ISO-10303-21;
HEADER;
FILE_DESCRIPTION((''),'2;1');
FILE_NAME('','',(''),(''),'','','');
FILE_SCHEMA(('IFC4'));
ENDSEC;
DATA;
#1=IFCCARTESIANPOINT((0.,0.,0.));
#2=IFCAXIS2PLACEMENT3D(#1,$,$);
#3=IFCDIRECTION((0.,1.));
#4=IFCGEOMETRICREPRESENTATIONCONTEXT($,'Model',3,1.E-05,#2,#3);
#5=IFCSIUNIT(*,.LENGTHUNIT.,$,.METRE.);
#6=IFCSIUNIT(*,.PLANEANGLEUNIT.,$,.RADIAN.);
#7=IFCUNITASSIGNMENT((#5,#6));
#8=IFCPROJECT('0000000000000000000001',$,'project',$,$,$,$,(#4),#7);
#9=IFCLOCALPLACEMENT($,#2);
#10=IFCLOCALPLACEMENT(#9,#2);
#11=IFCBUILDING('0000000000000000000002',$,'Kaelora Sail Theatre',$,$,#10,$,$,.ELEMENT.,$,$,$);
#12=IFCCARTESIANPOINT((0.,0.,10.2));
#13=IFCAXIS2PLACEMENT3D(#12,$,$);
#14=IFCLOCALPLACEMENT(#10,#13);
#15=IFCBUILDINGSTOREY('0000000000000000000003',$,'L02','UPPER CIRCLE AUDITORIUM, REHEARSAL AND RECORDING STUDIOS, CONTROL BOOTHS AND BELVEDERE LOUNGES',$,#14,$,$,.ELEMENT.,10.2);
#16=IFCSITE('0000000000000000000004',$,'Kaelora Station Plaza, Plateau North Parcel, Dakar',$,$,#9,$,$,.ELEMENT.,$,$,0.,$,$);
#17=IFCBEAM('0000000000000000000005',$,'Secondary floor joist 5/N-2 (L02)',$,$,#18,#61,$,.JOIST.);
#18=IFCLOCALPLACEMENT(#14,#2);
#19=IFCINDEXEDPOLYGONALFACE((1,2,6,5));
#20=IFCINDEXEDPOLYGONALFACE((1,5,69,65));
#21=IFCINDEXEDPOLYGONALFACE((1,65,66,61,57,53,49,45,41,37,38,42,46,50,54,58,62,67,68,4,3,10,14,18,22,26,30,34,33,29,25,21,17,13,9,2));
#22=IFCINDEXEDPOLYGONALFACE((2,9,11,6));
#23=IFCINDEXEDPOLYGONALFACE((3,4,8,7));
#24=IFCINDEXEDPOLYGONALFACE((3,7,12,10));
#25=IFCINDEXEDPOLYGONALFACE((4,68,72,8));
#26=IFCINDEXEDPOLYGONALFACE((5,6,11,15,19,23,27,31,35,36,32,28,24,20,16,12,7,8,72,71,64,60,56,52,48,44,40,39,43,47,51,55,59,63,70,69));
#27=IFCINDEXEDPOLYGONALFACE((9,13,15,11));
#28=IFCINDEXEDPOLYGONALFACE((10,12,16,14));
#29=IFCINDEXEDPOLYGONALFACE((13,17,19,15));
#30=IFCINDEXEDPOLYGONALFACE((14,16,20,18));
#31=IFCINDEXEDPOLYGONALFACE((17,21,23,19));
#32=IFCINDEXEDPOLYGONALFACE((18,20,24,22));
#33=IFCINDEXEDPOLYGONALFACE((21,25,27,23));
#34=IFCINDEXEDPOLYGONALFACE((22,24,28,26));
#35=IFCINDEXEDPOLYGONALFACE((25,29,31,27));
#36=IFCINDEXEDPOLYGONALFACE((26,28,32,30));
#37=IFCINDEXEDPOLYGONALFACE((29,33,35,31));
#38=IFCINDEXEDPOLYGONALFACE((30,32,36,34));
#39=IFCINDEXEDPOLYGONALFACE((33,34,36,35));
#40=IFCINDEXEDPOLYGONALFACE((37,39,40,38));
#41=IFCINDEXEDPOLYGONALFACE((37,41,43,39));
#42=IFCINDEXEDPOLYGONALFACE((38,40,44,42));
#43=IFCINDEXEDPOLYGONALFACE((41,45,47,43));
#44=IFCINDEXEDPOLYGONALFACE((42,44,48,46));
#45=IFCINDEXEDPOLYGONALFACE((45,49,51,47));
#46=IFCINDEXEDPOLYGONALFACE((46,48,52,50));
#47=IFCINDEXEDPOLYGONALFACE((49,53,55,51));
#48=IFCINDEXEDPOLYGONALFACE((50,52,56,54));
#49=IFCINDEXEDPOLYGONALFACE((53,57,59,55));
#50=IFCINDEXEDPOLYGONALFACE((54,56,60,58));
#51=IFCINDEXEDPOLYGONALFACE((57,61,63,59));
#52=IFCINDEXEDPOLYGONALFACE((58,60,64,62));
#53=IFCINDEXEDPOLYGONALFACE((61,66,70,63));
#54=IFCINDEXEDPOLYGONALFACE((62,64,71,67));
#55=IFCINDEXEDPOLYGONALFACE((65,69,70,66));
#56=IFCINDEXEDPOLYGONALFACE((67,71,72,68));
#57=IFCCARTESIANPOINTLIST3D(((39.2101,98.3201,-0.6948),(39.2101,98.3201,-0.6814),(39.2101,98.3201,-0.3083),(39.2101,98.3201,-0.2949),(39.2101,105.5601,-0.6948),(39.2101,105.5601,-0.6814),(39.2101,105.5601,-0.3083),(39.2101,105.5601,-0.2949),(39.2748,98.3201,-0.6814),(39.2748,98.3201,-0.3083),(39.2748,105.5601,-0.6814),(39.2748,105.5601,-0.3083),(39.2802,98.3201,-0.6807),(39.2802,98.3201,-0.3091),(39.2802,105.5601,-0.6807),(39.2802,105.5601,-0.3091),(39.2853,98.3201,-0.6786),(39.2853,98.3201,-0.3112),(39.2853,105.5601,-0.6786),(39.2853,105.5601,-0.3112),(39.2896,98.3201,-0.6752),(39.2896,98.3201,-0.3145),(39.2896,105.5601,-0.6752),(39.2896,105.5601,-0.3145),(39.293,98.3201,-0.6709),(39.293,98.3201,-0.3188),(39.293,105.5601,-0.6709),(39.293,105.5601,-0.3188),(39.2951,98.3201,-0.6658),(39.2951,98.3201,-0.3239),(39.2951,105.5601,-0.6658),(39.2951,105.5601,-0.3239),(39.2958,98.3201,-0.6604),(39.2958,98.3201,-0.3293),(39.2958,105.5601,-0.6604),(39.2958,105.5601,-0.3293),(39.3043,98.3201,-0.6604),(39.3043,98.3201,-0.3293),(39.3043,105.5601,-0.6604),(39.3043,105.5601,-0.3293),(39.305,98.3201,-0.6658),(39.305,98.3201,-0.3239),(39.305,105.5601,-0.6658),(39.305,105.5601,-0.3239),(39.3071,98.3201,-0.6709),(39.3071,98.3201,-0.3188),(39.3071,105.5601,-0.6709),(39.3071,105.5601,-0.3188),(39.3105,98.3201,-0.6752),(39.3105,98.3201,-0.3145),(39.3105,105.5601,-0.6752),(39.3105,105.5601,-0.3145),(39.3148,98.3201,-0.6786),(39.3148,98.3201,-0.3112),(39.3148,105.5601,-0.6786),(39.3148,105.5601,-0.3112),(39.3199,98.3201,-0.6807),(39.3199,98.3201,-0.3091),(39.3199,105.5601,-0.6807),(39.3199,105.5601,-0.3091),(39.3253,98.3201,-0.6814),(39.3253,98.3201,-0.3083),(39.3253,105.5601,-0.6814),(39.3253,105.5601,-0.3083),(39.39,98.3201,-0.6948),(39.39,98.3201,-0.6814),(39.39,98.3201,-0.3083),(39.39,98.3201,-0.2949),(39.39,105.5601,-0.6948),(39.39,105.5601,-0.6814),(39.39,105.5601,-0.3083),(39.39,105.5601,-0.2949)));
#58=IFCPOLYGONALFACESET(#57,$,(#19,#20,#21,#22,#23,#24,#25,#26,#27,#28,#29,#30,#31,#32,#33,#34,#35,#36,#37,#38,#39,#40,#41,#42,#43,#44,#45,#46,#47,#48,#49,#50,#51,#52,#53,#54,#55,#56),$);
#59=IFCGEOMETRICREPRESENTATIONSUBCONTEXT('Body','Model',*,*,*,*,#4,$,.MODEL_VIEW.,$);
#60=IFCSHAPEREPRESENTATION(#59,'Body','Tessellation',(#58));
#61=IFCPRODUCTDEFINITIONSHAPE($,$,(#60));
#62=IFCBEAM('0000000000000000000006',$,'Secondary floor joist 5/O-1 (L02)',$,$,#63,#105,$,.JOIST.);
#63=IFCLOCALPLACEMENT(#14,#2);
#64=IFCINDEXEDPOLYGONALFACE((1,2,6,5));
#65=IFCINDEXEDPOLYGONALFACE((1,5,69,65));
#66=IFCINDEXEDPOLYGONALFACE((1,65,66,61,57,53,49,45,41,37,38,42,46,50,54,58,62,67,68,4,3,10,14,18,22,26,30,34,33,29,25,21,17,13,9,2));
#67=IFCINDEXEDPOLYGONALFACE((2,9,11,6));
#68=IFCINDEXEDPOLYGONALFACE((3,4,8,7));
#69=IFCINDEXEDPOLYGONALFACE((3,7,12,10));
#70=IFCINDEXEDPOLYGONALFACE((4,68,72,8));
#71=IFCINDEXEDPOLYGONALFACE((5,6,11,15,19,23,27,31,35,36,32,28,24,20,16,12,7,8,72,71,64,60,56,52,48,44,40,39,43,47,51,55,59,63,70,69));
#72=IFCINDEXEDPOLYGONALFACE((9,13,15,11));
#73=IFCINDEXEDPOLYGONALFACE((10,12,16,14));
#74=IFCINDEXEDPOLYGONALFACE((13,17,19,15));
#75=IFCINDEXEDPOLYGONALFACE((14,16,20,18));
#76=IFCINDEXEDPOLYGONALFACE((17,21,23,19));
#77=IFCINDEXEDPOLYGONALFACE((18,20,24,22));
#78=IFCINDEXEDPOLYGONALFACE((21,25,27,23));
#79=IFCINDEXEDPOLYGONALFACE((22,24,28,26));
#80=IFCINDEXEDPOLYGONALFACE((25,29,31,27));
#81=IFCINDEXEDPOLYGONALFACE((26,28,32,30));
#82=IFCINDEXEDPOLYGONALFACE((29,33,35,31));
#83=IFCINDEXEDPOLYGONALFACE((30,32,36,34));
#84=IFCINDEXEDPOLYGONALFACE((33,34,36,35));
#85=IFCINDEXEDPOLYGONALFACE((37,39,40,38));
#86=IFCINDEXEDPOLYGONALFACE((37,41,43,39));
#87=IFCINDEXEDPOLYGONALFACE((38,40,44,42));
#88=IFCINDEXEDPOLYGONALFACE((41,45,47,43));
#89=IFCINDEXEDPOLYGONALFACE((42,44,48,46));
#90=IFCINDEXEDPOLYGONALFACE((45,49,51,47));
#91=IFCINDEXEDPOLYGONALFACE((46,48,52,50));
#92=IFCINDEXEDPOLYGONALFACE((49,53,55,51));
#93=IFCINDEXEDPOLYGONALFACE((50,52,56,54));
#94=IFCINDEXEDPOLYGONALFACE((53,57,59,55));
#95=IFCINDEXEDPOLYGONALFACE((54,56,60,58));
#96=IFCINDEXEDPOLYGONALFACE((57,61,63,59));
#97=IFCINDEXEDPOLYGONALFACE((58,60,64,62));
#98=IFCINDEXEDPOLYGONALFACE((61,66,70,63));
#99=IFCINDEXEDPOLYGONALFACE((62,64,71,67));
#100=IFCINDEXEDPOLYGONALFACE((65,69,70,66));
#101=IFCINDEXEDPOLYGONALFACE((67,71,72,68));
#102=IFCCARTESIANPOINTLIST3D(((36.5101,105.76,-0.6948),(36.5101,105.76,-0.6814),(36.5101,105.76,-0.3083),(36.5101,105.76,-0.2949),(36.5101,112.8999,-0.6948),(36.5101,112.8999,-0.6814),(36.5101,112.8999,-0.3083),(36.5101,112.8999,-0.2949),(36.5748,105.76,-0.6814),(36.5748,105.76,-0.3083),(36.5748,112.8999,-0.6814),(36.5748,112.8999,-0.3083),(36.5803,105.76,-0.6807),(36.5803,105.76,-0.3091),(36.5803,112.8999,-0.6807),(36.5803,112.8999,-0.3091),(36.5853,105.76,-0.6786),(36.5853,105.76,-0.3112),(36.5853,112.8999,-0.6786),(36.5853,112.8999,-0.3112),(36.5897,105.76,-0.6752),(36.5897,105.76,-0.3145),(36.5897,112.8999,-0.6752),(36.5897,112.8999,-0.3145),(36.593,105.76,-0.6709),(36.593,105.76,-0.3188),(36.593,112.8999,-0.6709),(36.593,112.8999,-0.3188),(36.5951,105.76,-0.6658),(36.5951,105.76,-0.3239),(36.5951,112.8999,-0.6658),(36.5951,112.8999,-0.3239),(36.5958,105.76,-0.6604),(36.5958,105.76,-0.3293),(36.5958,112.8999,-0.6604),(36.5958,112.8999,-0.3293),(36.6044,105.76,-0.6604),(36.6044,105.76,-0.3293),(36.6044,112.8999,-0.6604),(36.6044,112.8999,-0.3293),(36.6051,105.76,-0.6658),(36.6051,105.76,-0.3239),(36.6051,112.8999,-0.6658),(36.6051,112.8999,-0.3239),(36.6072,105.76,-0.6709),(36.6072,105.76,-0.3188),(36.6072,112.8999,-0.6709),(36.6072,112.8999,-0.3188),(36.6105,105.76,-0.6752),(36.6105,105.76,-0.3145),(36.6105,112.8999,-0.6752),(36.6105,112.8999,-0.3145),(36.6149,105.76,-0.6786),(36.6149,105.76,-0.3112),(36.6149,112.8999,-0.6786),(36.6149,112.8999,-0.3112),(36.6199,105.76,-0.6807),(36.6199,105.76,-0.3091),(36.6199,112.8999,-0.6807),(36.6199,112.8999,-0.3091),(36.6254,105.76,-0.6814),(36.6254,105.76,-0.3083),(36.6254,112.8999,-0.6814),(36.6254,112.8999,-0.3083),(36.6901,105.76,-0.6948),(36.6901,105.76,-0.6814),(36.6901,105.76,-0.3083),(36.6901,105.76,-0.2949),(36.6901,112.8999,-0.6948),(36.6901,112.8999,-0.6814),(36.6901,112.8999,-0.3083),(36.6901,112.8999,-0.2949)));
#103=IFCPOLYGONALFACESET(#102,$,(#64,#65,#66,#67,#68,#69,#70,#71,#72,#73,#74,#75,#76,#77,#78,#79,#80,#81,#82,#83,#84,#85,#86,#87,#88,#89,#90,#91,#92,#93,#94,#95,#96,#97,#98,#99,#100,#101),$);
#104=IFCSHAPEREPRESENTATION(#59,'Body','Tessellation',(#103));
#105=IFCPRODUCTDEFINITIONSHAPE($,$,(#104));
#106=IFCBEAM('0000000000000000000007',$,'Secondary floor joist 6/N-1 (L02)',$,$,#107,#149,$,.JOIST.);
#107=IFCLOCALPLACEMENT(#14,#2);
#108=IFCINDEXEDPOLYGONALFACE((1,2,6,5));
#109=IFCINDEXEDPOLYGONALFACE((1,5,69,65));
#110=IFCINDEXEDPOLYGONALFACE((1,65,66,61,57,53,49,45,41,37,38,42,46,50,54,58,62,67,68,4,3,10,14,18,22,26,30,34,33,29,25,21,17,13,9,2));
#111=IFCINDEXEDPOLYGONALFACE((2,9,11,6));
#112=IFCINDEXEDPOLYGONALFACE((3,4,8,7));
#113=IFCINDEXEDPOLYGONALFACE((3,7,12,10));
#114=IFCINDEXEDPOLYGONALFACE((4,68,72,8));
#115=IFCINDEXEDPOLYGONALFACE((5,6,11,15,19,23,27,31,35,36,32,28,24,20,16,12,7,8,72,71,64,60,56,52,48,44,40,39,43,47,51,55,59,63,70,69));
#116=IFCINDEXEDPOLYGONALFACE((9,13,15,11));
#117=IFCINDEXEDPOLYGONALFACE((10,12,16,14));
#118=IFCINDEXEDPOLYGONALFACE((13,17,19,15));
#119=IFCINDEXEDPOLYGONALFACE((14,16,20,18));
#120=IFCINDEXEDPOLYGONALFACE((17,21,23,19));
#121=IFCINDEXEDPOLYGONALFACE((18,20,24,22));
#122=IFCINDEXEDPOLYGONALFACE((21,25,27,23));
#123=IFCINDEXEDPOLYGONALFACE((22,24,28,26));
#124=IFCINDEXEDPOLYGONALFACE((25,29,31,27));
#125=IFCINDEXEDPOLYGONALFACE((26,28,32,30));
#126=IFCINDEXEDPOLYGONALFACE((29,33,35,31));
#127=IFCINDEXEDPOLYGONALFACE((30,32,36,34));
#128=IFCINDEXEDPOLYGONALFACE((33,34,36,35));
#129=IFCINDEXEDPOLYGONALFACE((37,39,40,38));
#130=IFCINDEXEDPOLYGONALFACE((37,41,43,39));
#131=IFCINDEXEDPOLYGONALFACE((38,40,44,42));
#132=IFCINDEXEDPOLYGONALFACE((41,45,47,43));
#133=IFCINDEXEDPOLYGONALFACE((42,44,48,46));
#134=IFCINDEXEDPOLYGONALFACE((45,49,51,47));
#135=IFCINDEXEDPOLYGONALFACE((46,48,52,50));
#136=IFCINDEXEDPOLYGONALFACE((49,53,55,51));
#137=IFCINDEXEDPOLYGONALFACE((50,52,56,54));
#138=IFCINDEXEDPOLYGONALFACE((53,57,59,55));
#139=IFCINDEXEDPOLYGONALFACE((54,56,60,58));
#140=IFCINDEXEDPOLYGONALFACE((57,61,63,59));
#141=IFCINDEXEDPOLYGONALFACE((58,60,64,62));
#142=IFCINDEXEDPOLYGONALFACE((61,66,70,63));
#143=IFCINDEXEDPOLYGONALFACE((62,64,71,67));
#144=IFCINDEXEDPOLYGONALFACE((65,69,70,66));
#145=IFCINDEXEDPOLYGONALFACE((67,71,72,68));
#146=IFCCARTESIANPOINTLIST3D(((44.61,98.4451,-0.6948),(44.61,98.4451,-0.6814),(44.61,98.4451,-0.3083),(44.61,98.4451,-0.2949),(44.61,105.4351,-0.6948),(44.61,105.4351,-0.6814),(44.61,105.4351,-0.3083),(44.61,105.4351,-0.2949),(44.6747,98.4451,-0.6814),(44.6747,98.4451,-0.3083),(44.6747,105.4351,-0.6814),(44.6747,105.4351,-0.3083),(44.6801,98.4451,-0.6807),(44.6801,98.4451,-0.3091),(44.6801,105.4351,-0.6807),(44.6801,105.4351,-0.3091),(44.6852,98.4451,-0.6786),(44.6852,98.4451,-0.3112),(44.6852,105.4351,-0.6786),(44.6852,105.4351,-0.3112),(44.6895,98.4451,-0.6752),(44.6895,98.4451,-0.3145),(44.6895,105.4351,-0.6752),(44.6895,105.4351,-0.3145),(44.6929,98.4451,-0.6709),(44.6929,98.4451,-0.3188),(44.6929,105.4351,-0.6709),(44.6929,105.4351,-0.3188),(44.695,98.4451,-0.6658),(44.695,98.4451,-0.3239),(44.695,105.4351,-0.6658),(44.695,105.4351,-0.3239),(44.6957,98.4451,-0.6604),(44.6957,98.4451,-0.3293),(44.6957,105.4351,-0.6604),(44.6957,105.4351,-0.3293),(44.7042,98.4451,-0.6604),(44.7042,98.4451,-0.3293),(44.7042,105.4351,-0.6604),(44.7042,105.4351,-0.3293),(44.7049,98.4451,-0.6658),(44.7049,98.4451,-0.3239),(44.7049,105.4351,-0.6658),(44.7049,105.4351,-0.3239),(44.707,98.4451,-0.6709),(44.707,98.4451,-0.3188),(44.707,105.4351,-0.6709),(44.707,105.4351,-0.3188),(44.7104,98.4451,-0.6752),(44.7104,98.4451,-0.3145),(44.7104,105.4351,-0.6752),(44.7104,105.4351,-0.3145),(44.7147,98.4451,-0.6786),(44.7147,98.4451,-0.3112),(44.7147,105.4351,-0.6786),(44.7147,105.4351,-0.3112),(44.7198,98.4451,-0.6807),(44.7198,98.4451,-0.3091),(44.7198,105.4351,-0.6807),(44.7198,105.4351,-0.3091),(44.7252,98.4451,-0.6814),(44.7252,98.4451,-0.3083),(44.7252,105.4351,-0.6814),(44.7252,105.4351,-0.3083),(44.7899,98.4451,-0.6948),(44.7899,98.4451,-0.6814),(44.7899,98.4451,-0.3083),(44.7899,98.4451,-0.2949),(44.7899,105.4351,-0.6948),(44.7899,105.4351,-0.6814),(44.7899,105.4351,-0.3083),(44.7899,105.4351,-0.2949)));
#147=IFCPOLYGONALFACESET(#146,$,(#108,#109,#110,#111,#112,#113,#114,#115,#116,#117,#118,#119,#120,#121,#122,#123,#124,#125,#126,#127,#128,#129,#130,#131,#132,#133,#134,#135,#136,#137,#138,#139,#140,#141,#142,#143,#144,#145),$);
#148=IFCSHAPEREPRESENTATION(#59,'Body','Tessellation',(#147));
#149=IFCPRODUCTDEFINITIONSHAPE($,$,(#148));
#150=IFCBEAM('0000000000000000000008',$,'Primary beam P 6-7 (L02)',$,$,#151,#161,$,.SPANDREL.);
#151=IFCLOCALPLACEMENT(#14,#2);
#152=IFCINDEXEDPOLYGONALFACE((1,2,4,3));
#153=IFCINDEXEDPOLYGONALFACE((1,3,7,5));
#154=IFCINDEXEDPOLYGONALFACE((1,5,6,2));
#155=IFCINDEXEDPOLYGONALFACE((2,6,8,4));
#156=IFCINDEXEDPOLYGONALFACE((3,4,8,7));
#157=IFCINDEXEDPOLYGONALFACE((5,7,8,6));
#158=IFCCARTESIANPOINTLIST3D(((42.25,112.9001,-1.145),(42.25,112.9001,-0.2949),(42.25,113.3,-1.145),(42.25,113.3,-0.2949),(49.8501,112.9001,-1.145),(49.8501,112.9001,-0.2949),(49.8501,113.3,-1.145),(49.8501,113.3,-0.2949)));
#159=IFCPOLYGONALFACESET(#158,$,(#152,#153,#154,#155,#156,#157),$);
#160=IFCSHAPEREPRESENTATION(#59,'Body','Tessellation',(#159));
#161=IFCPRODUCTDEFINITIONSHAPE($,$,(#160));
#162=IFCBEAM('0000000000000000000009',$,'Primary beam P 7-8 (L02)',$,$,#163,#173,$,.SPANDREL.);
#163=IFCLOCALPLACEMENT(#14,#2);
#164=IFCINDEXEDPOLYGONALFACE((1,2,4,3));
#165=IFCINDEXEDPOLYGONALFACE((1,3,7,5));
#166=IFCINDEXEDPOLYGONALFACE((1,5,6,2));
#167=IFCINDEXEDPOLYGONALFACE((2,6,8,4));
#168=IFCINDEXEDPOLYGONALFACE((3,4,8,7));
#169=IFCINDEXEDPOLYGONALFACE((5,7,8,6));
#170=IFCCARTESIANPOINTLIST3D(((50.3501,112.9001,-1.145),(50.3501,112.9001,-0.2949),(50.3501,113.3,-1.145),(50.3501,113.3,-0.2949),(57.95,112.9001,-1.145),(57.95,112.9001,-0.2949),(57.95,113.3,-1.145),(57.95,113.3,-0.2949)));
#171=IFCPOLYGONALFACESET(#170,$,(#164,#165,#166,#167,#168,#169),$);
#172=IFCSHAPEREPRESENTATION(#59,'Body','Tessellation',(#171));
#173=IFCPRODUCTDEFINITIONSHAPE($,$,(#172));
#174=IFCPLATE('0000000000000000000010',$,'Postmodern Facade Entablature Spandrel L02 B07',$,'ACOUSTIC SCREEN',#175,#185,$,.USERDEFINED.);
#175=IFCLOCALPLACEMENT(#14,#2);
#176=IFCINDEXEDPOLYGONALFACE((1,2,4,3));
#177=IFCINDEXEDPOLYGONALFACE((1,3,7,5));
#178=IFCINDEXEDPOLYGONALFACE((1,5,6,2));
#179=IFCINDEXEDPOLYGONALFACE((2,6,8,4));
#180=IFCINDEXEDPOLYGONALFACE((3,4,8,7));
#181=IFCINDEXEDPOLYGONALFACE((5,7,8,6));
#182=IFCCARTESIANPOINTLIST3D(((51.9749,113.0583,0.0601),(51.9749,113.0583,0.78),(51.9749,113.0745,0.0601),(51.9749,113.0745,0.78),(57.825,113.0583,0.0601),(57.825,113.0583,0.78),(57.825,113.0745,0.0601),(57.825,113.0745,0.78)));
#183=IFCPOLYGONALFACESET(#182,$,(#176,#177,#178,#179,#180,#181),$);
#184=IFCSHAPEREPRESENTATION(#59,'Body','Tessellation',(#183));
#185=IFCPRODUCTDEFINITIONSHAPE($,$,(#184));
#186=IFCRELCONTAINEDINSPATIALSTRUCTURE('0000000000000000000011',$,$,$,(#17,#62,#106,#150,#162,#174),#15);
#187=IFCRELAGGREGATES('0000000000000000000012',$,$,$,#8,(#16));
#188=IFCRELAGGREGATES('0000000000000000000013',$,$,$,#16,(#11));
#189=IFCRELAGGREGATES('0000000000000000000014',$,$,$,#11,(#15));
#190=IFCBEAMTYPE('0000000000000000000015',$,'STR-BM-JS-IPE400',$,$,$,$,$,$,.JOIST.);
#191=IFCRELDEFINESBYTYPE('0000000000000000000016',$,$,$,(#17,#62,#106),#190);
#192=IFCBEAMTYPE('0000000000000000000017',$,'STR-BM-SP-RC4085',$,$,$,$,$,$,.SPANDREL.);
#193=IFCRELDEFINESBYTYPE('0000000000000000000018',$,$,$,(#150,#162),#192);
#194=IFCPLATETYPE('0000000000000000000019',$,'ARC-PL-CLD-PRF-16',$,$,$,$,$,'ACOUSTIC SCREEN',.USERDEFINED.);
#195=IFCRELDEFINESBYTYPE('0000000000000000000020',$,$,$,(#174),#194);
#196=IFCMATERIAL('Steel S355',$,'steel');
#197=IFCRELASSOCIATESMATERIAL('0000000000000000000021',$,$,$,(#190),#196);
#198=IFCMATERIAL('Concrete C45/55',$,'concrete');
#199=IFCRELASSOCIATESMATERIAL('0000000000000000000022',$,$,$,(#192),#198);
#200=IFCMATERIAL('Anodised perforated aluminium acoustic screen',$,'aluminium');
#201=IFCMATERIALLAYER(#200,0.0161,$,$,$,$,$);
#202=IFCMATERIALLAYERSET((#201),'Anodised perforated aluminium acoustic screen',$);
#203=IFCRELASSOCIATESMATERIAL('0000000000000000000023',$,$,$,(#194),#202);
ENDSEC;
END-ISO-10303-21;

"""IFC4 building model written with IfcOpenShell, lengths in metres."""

from ifc_helpers import new_model, si_unit, direction, frame, origin, origin_2d, place, context, subcontext, project, spatial, rectangle, i_section, extrude, material, layer, layer_set, material_profile, profile_set, type_object, element, save


model = new_model("IFC4")

# Units and contexts
model_context = context("Model", 3, precision=1e-05, world=origin(), true_north=direction((0.0, 1.0)))
body_context = subcontext(model_context, "Body", "Model", "MODEL_VIEW")
ifc_project = project(units=[si_unit("LENGTHUNIT", "METRE"), si_unit("PLANEANGLEUNIT", "RADIAN")], contexts=[model_context])

# Site, building, storey
site_placement = place(None, origin())
site = spatial("IfcSite", under=ifc_project, at=site_placement, Name="Kaelora Station Plaza, Plateau North Parcel, Dakar", CompositionType="ELEMENT", RefElevation=0.0)
building_placement = place(site_placement, origin())
building = spatial("IfcBuilding", under=site, at=building_placement, Name="Kaelora Sail Theatre", CompositionType="ELEMENT")
storey_placement = place(building_placement, frame((0.0, 0.0, 10.2)))
storey = spatial("IfcBuildingStorey", under=building, at=storey_placement, Name="L02", Description="UPPER CIRCLE AUDITORIUM, REHEARSAL AND RECORDING STUDIOS, CONTROL BOOTHS AND BELVEDERE LOUNGES", CompositionType="ELEMENT", Elevation=10.2)

# Beams
ifc_material_1 = material(Name="Steel S355", Category="steel")
ifc_material_profile_1 = material_profile(ifc_material_1, i_section(OverallWidth=0.1799, OverallDepth=0.3999, WebThickness=0.0085, FlangeThickness=0.0134, FilletRadius=0.021, at=origin_2d()), Name="IPE 400")
ifc_profile_set_1 = profile_set([ifc_material_profile_1], Name="Steel S355")
beam_type_1 = type_object("IfcBeamType", Name="STR-BM-JS-IPE400", PredefinedType="JOIST", material=ifc_profile_set_1)
beam_1_placement = place(storey_placement, frame((39.3, 98.3201, -0.4949), z_axis=(0.0, 1.0, 0.0), x_axis=(-1.0, 0.0, 0.0)))
element("IfcBeam", 1, at=beam_1_placement, inside=storey, type_object=beam_type_1, Name="Secondary floor joist 5/N-2 (L02)", PredefinedType="JOIST", context=body_context, shape_type="SweptSolid", body=[
    extrude(i_section(OverallWidth=0.1799, OverallDepth=0.3999, WebThickness=0.0085, FlangeThickness=0.0134, FilletRadius=0.021, at=origin_2d()), origin(), (0.0, 0.0, 1.0), 7.24),
])
beam_2_placement = place(storey_placement, frame((36.6001, 105.76, -0.4949), z_axis=(0.0, 1.0, 0.0), x_axis=(-1.0, 0.0, 0.0)))
element("IfcBeam", 2, at=beam_2_placement, inside=storey, type_object=beam_type_1, Name="Secondary floor joist 5/O-1 (L02)", PredefinedType="JOIST", context=body_context, shape_type="SweptSolid", body=[
    extrude(i_section(OverallWidth=0.1799, OverallDepth=0.3999, WebThickness=0.0085, FlangeThickness=0.0134, FilletRadius=0.021, at=origin_2d()), origin(), (0.0, 0.0, 1.0), 7.1399),
])
beam_3_placement = place(storey_placement, frame((44.7, 98.4451, -0.4949), z_axis=(0.0, 1.0, 0.0), x_axis=(-1.0, 0.0, 0.0)))
element("IfcBeam", 3, at=beam_3_placement, inside=storey, type_object=beam_type_1, Name="Secondary floor joist 6/N-1 (L02)", PredefinedType="JOIST", context=body_context, shape_type="SweptSolid", body=[
    extrude(i_section(OverallWidth=0.1799, OverallDepth=0.3999, WebThickness=0.0085, FlangeThickness=0.0134, FilletRadius=0.021, at=origin_2d()), origin(), (0.0, 0.0, 1.0), 6.99),
])
ifc_material_2 = material(Name="Concrete C45/55", Category="concrete")
ifc_material_profile_2 = material_profile(ifc_material_2, rectangle(XDim=0.3999, YDim=0.8501, at=origin_2d()), Name="RC-SPN 400x850")
ifc_profile_set_2 = profile_set([ifc_material_profile_2], Name="Concrete C45/55")
beam_type_2 = type_object("IfcBeamType", Name="STR-BM-SP-RC4085", PredefinedType="SPANDREL", material=ifc_profile_set_2)
beam_4_placement = place(storey_placement, frame((42.25, 113.1001, -0.72), z_axis=(1.0, 0.0, 0.0), x_axis=(0.0, 1.0, 0.0)))
element("IfcBeam", 4, at=beam_4_placement, inside=storey, type_object=beam_type_2, Name="Primary beam P 6-7 (L02)", PredefinedType="SPANDREL", context=body_context, shape_type="SweptSolid", body=[
    extrude(rectangle(XDim=0.3999, YDim=0.8501, at=origin_2d()), origin(), (0.0, 0.0, 1.0), 7.6001),
])
beam_5_placement = place(storey_placement, frame((50.3501, 113.1001, -0.72), z_axis=(1.0, 0.0, 0.0), x_axis=(0.0, 1.0, 0.0)))
element("IfcBeam", 5, at=beam_5_placement, inside=storey, type_object=beam_type_2, Name="Primary beam P 7-8 (L02)", PredefinedType="SPANDREL", context=body_context, shape_type="SweptSolid", body=[
    extrude(rectangle(XDim=0.3999, YDim=0.8501, at=origin_2d()), origin(), (0.0, 0.0, 1.0), 7.5999),
])

# Plate
ifc_material_3 = material(Name="Anodised perforated aluminium acoustic screen", Category="aluminium")
ifc_layer_1 = layer(ifc_material_3, 0.0161)
ifc_layer_set_1 = layer_set([ifc_layer_1], Name="Anodised perforated aluminium acoustic screen")
plate_type_1 = type_object("IfcPlateType", Name="ARC-PL-CLD-PRF-16", ElementType="ACOUSTIC SCREEN", PredefinedType="USERDEFINED", material=ifc_layer_set_1)
plate_1_placement = place(storey_placement, frame((54.8999, 113.0664, 0.0601), z_axis=(0.0, 0.0, 1.0), x_axis=(1.0, 0.0, 0.0)))
element("IfcPlate", 6, at=plate_1_placement, inside=storey, type_object=plate_type_1, Name="Postmodern Facade Entablature Spandrel L02 B07", ObjectType="ACOUSTIC SCREEN", PredefinedType="USERDEFINED", context=body_context, shape_type="SweptSolid", body=[
    extrude(rectangle(XDim=5.8501, YDim=0.0161, at=origin_2d()), origin(), (0.0, 0.0, 1.0), 0.72),
])

save(model, "model.ifc")
